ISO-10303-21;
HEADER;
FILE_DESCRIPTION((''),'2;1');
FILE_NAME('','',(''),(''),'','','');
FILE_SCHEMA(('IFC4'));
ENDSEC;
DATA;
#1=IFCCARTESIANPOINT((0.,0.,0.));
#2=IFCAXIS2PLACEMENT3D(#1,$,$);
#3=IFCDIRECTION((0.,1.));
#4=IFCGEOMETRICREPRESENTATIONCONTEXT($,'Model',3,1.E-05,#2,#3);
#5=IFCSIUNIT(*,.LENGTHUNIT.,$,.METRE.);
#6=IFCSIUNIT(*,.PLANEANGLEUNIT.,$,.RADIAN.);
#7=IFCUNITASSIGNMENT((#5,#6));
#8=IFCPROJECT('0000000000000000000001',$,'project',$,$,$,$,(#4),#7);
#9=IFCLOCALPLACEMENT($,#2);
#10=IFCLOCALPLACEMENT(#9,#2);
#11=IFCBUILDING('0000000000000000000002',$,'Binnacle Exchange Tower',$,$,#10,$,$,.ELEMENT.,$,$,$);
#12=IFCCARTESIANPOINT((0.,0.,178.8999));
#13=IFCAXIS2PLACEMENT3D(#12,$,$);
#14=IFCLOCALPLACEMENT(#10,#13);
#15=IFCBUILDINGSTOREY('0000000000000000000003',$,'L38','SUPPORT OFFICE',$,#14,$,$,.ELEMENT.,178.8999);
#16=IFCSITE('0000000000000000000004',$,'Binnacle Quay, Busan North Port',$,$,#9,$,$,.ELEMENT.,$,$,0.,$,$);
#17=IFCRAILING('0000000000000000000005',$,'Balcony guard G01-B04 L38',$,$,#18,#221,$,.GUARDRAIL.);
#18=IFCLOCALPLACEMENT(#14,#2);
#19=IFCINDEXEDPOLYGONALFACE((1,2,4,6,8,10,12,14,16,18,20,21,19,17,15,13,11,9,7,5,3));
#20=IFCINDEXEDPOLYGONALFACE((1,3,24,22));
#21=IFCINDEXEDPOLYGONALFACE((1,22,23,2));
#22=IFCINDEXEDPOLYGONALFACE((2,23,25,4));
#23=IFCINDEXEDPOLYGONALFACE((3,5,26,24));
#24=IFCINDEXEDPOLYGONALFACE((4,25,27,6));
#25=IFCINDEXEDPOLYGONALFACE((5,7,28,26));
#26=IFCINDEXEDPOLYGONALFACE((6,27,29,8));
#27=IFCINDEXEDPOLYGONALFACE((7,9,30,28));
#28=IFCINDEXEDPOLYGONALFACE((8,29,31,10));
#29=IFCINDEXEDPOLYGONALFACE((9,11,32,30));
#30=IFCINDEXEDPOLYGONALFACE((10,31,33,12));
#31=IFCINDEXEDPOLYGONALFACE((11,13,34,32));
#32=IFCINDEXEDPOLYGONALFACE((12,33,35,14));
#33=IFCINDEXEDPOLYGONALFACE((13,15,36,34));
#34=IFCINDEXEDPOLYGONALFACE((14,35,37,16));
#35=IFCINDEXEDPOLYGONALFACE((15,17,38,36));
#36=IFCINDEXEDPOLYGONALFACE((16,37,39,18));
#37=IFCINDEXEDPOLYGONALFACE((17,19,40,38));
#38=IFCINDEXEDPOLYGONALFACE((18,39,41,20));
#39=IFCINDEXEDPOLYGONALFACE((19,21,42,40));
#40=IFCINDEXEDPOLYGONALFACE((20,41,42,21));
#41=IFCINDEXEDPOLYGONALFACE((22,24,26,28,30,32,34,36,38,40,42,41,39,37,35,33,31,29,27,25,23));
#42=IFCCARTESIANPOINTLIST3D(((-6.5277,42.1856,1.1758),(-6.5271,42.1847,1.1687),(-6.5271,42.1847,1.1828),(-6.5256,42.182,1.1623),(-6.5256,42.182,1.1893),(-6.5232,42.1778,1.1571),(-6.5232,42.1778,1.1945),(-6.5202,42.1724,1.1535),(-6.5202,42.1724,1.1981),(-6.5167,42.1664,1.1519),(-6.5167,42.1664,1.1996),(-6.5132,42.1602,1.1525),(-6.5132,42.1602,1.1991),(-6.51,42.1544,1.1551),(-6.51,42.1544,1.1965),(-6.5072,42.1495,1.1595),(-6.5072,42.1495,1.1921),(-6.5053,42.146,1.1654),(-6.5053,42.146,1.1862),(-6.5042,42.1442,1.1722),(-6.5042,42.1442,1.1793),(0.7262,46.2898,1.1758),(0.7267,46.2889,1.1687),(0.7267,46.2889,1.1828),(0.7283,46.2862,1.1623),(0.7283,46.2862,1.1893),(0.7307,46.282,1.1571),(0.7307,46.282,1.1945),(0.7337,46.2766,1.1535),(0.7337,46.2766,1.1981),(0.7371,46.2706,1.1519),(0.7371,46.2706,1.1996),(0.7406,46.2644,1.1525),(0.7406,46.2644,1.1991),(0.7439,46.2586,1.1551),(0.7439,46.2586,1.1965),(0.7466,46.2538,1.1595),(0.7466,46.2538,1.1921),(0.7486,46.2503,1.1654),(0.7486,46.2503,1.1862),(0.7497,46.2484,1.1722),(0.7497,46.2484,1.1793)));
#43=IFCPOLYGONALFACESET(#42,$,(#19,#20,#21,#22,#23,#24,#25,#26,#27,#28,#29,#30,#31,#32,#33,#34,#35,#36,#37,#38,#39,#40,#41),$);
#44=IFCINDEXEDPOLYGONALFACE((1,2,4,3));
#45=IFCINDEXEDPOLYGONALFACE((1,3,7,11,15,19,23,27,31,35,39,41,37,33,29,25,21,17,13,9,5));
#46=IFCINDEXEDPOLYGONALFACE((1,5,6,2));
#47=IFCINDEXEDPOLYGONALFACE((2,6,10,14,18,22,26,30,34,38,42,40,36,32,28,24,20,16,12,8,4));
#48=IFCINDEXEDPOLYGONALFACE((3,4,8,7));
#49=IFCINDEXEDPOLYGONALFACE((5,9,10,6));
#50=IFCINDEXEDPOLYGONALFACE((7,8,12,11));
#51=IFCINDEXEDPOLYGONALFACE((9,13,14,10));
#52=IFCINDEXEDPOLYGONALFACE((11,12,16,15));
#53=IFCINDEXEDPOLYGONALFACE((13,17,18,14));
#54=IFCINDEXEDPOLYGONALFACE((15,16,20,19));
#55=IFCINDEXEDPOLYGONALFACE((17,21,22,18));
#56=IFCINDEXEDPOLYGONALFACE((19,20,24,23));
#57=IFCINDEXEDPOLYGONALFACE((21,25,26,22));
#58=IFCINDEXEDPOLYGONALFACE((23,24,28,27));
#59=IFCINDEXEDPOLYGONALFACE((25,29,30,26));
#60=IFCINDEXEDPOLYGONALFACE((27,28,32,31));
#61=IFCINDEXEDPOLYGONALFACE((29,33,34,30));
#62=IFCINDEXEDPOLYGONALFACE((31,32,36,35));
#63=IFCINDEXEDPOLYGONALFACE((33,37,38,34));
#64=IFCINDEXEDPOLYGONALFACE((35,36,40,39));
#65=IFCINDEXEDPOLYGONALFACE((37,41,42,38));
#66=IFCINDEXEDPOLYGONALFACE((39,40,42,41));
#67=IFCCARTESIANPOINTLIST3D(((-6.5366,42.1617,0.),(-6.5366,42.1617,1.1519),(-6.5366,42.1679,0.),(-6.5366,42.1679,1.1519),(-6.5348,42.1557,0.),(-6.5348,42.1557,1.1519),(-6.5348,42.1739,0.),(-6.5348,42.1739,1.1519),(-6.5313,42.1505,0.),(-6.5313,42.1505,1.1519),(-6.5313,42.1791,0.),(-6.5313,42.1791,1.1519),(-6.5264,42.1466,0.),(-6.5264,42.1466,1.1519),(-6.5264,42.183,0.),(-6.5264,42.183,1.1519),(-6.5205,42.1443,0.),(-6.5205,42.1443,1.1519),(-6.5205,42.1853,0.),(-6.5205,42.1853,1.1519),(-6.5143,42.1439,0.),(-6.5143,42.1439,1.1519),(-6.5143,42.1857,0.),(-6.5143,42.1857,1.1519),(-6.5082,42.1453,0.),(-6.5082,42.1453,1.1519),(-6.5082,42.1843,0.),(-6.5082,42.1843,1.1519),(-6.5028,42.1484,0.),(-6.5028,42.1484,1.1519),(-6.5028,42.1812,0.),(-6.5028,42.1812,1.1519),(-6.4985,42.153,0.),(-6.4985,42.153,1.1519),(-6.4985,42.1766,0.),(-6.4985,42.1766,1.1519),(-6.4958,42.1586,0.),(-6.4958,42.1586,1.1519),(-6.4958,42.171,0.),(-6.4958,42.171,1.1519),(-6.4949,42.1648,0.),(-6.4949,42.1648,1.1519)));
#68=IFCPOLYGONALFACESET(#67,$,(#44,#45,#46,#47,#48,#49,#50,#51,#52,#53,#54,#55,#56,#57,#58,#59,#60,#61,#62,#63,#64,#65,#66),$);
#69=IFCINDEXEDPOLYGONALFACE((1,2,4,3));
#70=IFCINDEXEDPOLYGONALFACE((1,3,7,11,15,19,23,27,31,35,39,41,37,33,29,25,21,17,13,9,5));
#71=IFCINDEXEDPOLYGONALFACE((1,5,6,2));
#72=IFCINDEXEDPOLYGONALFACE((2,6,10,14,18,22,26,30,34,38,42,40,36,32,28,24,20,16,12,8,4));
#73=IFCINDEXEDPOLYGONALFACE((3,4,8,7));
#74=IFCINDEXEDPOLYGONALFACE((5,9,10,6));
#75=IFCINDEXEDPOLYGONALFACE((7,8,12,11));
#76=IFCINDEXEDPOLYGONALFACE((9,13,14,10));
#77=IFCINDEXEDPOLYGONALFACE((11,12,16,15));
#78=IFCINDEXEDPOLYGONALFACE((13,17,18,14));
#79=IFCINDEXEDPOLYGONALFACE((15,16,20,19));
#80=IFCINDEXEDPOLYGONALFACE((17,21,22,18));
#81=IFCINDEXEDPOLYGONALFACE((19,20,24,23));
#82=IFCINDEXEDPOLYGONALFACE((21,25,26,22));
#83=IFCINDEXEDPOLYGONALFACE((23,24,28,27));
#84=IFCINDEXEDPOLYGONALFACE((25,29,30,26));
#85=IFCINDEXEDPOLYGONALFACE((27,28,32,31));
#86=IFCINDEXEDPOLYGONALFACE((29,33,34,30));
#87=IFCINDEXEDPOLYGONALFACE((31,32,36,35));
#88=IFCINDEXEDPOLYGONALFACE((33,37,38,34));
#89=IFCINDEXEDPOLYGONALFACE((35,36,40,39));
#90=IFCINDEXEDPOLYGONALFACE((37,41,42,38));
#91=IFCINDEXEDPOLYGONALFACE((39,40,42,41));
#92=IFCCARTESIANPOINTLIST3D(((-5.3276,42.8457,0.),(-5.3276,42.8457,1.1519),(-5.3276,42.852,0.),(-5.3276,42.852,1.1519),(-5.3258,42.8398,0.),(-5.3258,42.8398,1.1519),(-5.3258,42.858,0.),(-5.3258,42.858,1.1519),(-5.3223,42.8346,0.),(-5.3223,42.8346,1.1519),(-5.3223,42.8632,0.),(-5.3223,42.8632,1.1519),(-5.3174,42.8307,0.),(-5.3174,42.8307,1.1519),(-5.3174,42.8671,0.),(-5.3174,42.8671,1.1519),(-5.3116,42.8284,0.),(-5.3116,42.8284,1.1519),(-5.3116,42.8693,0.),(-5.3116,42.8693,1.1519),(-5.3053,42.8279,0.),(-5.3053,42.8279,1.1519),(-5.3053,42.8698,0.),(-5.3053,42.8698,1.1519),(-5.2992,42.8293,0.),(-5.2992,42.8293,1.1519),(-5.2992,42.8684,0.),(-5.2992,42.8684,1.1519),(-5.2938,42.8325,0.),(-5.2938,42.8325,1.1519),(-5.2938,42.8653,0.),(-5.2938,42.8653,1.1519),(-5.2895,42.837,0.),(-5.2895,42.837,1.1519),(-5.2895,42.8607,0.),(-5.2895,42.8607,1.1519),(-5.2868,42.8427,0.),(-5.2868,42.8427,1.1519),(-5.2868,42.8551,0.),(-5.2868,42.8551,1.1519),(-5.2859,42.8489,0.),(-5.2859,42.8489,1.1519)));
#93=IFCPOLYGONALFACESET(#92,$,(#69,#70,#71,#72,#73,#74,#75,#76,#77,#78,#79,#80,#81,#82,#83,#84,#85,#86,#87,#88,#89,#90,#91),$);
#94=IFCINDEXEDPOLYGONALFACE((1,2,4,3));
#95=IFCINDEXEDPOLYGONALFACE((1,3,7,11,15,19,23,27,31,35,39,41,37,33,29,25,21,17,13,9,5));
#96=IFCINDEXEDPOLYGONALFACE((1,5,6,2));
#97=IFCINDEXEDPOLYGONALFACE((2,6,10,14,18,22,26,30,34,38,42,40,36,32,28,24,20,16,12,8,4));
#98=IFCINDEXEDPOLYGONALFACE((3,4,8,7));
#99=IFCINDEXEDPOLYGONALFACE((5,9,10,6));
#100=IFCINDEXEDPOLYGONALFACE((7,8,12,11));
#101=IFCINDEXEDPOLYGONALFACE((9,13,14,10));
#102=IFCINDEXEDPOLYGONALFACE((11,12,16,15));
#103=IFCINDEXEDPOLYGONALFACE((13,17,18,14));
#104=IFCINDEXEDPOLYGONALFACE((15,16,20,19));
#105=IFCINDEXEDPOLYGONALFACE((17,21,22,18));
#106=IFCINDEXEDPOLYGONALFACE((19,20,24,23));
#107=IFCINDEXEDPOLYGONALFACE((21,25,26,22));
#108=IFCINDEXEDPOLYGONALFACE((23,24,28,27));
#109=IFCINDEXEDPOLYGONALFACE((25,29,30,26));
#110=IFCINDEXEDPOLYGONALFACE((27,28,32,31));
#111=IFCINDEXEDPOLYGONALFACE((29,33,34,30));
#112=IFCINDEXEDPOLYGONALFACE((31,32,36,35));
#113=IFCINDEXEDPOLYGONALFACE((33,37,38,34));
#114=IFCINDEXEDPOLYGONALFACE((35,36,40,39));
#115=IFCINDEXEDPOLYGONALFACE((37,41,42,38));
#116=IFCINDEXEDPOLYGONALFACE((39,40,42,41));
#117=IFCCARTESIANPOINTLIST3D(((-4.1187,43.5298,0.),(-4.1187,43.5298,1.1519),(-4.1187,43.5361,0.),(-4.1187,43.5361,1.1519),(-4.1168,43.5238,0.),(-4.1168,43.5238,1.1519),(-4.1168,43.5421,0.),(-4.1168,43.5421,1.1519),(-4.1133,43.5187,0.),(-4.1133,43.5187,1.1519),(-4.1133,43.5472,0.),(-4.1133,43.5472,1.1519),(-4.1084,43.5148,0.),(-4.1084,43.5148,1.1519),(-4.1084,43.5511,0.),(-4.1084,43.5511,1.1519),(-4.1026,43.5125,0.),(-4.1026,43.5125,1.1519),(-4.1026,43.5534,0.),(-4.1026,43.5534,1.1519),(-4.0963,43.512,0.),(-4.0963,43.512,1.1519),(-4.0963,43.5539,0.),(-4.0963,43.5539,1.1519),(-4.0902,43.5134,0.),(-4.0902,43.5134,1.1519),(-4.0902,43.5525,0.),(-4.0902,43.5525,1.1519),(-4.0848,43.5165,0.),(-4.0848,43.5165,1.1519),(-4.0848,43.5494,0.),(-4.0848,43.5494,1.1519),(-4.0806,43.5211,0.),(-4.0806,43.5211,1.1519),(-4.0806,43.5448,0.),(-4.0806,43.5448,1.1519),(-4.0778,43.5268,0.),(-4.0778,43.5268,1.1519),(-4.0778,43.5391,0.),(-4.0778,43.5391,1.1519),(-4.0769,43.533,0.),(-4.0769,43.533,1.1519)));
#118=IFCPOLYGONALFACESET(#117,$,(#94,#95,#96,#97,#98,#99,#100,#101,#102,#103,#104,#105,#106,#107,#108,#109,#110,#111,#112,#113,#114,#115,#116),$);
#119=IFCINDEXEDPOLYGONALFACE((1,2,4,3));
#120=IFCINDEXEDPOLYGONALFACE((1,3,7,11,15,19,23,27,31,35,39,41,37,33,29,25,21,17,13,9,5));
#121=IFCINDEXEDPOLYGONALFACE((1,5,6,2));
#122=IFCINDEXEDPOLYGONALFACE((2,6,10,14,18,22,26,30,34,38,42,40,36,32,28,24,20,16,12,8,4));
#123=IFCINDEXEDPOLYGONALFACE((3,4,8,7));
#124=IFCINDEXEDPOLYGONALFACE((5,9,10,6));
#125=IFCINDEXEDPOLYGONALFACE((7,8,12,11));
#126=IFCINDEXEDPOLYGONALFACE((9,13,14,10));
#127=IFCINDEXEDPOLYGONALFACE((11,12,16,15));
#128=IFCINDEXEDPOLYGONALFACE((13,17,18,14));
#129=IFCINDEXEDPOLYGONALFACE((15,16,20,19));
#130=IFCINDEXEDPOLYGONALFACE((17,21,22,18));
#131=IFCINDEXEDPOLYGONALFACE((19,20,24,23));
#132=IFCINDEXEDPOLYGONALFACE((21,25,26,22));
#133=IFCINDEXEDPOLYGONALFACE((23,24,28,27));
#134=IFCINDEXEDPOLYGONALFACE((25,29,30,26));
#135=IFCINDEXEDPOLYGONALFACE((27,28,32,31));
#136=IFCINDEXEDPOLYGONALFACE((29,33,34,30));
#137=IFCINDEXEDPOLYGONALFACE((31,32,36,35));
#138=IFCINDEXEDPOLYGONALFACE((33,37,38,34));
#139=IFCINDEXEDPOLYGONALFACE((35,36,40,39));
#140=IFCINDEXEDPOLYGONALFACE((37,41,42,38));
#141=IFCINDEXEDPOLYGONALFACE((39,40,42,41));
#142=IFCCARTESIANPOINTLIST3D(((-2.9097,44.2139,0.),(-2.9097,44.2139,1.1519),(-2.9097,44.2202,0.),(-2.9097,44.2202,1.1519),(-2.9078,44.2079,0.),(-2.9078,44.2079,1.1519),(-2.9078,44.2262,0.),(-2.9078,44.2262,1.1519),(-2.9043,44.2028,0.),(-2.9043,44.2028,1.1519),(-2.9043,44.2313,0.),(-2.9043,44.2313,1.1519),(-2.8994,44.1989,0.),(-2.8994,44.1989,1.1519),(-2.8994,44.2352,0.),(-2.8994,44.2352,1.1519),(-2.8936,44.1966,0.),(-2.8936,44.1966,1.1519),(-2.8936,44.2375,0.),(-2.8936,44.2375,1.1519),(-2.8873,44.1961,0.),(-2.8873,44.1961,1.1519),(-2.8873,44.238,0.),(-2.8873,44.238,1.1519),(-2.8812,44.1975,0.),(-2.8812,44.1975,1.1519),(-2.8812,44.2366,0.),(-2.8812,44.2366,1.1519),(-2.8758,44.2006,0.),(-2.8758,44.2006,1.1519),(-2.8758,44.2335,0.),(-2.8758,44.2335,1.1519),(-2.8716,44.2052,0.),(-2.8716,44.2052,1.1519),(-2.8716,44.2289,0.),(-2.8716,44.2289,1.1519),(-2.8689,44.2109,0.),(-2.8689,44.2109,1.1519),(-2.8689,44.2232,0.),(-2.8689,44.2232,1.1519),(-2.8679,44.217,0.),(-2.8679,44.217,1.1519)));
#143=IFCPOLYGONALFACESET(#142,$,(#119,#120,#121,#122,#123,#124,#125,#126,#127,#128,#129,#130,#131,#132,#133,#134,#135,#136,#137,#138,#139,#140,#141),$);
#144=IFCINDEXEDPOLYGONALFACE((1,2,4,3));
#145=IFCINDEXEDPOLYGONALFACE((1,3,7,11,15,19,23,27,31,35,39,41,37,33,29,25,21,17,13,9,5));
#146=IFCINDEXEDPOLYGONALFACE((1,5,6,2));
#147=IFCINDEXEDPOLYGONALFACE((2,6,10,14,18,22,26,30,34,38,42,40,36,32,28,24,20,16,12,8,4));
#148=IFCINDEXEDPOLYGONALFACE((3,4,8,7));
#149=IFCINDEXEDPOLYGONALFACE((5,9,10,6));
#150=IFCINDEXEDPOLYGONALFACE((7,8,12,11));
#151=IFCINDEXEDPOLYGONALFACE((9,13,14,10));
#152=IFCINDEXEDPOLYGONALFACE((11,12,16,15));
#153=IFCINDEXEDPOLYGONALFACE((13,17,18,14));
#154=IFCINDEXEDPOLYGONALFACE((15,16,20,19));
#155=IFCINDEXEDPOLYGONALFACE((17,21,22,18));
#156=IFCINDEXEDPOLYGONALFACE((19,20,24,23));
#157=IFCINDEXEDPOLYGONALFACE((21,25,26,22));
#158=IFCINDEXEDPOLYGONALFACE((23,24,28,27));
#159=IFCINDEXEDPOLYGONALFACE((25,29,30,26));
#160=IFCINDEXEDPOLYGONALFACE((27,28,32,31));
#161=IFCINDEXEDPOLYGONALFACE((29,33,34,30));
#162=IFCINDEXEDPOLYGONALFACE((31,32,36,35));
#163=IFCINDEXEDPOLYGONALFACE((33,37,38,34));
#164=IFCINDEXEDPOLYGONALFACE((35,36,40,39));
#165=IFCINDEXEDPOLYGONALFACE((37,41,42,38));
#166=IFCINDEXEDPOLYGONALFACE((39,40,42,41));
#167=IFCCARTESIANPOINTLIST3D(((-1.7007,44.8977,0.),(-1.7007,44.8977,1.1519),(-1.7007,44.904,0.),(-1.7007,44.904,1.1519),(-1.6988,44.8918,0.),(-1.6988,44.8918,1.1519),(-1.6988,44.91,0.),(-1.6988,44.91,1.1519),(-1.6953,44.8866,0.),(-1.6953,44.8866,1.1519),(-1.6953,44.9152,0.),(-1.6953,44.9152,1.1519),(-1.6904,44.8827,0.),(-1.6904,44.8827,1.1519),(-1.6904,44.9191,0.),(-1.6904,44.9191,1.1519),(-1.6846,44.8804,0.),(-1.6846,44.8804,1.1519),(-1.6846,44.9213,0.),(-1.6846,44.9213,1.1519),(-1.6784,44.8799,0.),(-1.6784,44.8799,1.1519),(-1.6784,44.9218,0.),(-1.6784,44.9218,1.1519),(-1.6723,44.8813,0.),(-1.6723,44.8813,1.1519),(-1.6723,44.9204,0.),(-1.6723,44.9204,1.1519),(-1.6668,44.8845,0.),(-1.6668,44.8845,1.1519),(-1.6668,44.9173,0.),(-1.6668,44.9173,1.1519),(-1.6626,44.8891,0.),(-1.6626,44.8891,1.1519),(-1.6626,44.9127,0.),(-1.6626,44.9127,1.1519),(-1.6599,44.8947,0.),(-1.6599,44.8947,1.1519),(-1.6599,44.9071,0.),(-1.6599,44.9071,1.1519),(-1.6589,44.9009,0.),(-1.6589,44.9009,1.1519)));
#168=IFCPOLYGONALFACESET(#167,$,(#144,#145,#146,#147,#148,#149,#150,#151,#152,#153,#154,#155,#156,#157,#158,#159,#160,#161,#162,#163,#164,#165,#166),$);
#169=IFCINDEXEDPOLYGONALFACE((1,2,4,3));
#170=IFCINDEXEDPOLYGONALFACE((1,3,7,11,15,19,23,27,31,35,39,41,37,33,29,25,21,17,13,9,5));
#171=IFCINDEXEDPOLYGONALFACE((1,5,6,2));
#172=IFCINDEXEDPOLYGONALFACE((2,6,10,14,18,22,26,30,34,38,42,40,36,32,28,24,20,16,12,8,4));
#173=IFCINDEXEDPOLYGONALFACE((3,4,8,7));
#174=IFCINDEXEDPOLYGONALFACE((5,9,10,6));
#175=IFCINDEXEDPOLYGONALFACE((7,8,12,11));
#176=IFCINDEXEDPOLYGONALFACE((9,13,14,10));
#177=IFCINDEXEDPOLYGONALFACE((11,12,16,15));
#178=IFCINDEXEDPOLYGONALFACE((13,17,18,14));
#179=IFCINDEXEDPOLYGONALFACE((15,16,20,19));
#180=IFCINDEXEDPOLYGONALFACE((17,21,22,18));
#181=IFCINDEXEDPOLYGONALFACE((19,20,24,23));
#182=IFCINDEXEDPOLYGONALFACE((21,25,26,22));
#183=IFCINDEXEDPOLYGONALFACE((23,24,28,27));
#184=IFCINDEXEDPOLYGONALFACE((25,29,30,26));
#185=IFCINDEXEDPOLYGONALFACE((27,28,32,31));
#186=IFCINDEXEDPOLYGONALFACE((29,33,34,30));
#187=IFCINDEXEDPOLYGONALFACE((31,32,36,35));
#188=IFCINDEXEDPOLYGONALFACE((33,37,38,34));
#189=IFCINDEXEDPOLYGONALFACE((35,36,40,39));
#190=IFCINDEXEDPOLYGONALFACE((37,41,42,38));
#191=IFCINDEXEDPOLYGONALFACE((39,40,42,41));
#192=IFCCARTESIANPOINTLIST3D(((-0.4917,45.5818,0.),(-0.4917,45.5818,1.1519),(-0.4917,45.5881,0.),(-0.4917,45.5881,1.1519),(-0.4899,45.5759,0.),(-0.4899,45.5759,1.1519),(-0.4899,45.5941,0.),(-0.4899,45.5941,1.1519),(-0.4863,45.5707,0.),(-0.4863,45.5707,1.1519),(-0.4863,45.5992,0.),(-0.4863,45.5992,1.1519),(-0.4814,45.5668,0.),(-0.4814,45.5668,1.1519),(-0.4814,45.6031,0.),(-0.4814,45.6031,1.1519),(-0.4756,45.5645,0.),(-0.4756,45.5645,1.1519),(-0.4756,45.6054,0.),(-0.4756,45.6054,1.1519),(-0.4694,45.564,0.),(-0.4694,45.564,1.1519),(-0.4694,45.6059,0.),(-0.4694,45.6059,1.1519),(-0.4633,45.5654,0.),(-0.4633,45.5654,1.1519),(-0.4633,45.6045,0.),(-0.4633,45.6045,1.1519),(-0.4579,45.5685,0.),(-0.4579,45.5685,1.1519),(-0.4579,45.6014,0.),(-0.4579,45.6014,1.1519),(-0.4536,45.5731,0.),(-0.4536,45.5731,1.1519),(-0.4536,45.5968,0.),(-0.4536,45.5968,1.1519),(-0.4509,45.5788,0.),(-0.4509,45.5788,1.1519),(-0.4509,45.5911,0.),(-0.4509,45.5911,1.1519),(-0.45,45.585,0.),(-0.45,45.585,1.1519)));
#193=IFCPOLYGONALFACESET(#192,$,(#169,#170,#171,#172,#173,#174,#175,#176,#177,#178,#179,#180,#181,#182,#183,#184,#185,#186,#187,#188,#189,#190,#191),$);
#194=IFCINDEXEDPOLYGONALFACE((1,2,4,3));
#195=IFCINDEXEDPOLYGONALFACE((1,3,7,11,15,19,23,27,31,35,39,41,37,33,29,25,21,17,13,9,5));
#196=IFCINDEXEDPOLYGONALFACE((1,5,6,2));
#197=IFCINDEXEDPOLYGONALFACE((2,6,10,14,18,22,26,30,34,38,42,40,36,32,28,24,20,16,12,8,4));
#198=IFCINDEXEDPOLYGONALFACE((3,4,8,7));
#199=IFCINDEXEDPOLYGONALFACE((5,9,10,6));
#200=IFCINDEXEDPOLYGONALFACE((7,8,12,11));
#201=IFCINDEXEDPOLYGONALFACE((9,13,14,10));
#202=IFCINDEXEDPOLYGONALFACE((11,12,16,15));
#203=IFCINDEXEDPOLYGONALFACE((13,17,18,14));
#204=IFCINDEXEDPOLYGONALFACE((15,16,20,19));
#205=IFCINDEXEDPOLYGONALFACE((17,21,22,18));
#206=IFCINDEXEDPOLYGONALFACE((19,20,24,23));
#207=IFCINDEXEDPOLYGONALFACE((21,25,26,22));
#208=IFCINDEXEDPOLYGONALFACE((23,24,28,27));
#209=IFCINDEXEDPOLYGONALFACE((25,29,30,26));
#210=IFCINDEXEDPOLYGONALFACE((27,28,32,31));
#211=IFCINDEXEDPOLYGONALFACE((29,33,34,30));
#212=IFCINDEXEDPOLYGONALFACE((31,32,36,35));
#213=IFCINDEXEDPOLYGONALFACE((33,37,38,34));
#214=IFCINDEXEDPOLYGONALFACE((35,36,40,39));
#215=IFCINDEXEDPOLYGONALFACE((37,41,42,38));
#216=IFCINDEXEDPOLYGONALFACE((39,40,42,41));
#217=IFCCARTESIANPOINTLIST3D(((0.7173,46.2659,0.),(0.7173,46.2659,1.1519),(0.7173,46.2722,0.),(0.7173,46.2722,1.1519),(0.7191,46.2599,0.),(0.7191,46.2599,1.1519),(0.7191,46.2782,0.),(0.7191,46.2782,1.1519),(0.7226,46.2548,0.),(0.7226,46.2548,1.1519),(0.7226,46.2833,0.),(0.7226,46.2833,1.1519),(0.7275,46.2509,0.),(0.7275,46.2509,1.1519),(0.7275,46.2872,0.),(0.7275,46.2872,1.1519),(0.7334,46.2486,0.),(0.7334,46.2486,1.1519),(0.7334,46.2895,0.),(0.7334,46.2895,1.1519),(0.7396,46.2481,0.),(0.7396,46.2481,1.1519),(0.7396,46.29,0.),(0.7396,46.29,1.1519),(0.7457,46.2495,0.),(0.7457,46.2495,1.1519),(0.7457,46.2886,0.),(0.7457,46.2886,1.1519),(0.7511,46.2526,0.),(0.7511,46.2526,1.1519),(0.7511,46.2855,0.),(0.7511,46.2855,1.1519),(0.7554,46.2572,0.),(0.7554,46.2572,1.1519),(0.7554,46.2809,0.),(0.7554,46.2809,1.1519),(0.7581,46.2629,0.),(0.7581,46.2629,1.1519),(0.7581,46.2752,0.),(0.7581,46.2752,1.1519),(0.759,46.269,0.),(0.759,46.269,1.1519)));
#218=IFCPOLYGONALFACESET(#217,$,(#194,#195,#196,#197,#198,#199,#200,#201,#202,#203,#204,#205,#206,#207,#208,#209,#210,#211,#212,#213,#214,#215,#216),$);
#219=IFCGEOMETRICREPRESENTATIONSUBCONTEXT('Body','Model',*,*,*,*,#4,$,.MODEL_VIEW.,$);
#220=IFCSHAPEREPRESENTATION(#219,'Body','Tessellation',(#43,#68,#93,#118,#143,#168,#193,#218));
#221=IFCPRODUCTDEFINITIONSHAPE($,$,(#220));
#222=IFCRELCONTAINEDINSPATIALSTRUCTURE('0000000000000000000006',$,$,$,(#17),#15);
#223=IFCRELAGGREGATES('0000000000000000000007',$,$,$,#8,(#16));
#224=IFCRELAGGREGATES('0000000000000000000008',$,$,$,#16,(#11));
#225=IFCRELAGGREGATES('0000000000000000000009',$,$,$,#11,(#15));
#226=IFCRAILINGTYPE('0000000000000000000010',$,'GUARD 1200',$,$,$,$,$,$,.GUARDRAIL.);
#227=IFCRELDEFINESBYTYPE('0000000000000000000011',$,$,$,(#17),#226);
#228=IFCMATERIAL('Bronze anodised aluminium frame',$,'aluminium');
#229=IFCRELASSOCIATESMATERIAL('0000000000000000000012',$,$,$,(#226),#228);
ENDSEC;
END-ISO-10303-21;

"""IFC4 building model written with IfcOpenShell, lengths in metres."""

from ifc_helpers import new_model, si_unit, direction, frame, origin, origin_2d, place, context, subcontext, project, spatial, circle, extrude, material, type_object, element, save


model = new_model("IFC4")

# Units and contexts
model_context = context("Model", 3, precision=1e-05, world=origin(), true_north=direction((0.0, 1.0)))
body_context = subcontext(model_context, "Body", "Model", "MODEL_VIEW")
ifc_project = project(units=[si_unit("LENGTHUNIT", "METRE"), si_unit("PLANEANGLEUNIT", "RADIAN")], contexts=[model_context])

# Site, building, storey
site_placement = place(None, origin())
site = spatial("IfcSite", under=ifc_project, at=site_placement, Name="Binnacle Quay, Busan North Port", CompositionType="ELEMENT", RefElevation=0.0)
building_placement = place(site_placement, origin())
building = spatial("IfcBuilding", under=site, at=building_placement, Name="Binnacle Exchange Tower", CompositionType="ELEMENT")
storey_placement = place(building_placement, frame((0.0, 0.0, 178.8999)))
storey = spatial("IfcBuildingStorey", under=building, at=storey_placement, Name="L38", Description="SUPPORT OFFICE", CompositionType="ELEMENT", Elevation=178.8999)

# Shared definitions
ifc_material_1 = material(Name="Bronze anodised aluminium frame", Category="aluminium")

# Railing
railing_type = type_object("IfcRailingType", Name="GUARD 1200", PredefinedType="GUARDRAIL", material=ifc_material_1)
railing_placement = place(storey_placement, frame((-6.5159, 42.1648, 0.0)))
element("IfcRailing", 1, at=railing_placement, inside=storey, type_object=railing_type, Name="Balcony guard G01-B04 L38", PredefinedType="GUARDRAIL", context=body_context, shape_type="SweptSolid", body=[
    extrude(circle(Radius=0.0239, at=origin_2d()), frame((0.0, 0.0, 1.1758), z_axis=(0.870346, 0.49244, 0.0), x_axis=(-0.49244, 0.870346, 0.0)), (0.0, 0.0, 1.0), 8.3345),
    extrude(circle(Radius=0.021, at=origin_2d()), origin(), (0.0, 0.0, 1.0), 1.1519),
    extrude(circle(Radius=0.021, at=origin_2d()), frame((1.209, 0.6841, 0.0)), (0.0, 0.0, 1.0), 1.1519),
    extrude(circle(Radius=0.021, at=origin_2d()), frame((2.418, 1.3682, 0.0)), (0.0, 0.0, 1.0), 1.1519),
    extrude(circle(Radius=0.021, at=origin_2d()), frame((3.627, 2.0522, 0.0)), (0.0, 0.0, 1.0), 1.1519),
    extrude(circle(Radius=0.021, at=origin_2d()), frame((4.8359, 2.7361, 0.0)), (0.0, 0.0, 1.0), 1.1519),
    extrude(circle(Radius=0.021, at=origin_2d()), frame((6.0449, 3.4202, 0.0)), (0.0, 0.0, 1.0), 1.1519),
    extrude(circle(Radius=0.021, at=origin_2d()), frame((7.2539, 4.1042, 0.0)), (0.0, 0.0, 1.0), 1.1519),
])

save(model, "model.ifc")
